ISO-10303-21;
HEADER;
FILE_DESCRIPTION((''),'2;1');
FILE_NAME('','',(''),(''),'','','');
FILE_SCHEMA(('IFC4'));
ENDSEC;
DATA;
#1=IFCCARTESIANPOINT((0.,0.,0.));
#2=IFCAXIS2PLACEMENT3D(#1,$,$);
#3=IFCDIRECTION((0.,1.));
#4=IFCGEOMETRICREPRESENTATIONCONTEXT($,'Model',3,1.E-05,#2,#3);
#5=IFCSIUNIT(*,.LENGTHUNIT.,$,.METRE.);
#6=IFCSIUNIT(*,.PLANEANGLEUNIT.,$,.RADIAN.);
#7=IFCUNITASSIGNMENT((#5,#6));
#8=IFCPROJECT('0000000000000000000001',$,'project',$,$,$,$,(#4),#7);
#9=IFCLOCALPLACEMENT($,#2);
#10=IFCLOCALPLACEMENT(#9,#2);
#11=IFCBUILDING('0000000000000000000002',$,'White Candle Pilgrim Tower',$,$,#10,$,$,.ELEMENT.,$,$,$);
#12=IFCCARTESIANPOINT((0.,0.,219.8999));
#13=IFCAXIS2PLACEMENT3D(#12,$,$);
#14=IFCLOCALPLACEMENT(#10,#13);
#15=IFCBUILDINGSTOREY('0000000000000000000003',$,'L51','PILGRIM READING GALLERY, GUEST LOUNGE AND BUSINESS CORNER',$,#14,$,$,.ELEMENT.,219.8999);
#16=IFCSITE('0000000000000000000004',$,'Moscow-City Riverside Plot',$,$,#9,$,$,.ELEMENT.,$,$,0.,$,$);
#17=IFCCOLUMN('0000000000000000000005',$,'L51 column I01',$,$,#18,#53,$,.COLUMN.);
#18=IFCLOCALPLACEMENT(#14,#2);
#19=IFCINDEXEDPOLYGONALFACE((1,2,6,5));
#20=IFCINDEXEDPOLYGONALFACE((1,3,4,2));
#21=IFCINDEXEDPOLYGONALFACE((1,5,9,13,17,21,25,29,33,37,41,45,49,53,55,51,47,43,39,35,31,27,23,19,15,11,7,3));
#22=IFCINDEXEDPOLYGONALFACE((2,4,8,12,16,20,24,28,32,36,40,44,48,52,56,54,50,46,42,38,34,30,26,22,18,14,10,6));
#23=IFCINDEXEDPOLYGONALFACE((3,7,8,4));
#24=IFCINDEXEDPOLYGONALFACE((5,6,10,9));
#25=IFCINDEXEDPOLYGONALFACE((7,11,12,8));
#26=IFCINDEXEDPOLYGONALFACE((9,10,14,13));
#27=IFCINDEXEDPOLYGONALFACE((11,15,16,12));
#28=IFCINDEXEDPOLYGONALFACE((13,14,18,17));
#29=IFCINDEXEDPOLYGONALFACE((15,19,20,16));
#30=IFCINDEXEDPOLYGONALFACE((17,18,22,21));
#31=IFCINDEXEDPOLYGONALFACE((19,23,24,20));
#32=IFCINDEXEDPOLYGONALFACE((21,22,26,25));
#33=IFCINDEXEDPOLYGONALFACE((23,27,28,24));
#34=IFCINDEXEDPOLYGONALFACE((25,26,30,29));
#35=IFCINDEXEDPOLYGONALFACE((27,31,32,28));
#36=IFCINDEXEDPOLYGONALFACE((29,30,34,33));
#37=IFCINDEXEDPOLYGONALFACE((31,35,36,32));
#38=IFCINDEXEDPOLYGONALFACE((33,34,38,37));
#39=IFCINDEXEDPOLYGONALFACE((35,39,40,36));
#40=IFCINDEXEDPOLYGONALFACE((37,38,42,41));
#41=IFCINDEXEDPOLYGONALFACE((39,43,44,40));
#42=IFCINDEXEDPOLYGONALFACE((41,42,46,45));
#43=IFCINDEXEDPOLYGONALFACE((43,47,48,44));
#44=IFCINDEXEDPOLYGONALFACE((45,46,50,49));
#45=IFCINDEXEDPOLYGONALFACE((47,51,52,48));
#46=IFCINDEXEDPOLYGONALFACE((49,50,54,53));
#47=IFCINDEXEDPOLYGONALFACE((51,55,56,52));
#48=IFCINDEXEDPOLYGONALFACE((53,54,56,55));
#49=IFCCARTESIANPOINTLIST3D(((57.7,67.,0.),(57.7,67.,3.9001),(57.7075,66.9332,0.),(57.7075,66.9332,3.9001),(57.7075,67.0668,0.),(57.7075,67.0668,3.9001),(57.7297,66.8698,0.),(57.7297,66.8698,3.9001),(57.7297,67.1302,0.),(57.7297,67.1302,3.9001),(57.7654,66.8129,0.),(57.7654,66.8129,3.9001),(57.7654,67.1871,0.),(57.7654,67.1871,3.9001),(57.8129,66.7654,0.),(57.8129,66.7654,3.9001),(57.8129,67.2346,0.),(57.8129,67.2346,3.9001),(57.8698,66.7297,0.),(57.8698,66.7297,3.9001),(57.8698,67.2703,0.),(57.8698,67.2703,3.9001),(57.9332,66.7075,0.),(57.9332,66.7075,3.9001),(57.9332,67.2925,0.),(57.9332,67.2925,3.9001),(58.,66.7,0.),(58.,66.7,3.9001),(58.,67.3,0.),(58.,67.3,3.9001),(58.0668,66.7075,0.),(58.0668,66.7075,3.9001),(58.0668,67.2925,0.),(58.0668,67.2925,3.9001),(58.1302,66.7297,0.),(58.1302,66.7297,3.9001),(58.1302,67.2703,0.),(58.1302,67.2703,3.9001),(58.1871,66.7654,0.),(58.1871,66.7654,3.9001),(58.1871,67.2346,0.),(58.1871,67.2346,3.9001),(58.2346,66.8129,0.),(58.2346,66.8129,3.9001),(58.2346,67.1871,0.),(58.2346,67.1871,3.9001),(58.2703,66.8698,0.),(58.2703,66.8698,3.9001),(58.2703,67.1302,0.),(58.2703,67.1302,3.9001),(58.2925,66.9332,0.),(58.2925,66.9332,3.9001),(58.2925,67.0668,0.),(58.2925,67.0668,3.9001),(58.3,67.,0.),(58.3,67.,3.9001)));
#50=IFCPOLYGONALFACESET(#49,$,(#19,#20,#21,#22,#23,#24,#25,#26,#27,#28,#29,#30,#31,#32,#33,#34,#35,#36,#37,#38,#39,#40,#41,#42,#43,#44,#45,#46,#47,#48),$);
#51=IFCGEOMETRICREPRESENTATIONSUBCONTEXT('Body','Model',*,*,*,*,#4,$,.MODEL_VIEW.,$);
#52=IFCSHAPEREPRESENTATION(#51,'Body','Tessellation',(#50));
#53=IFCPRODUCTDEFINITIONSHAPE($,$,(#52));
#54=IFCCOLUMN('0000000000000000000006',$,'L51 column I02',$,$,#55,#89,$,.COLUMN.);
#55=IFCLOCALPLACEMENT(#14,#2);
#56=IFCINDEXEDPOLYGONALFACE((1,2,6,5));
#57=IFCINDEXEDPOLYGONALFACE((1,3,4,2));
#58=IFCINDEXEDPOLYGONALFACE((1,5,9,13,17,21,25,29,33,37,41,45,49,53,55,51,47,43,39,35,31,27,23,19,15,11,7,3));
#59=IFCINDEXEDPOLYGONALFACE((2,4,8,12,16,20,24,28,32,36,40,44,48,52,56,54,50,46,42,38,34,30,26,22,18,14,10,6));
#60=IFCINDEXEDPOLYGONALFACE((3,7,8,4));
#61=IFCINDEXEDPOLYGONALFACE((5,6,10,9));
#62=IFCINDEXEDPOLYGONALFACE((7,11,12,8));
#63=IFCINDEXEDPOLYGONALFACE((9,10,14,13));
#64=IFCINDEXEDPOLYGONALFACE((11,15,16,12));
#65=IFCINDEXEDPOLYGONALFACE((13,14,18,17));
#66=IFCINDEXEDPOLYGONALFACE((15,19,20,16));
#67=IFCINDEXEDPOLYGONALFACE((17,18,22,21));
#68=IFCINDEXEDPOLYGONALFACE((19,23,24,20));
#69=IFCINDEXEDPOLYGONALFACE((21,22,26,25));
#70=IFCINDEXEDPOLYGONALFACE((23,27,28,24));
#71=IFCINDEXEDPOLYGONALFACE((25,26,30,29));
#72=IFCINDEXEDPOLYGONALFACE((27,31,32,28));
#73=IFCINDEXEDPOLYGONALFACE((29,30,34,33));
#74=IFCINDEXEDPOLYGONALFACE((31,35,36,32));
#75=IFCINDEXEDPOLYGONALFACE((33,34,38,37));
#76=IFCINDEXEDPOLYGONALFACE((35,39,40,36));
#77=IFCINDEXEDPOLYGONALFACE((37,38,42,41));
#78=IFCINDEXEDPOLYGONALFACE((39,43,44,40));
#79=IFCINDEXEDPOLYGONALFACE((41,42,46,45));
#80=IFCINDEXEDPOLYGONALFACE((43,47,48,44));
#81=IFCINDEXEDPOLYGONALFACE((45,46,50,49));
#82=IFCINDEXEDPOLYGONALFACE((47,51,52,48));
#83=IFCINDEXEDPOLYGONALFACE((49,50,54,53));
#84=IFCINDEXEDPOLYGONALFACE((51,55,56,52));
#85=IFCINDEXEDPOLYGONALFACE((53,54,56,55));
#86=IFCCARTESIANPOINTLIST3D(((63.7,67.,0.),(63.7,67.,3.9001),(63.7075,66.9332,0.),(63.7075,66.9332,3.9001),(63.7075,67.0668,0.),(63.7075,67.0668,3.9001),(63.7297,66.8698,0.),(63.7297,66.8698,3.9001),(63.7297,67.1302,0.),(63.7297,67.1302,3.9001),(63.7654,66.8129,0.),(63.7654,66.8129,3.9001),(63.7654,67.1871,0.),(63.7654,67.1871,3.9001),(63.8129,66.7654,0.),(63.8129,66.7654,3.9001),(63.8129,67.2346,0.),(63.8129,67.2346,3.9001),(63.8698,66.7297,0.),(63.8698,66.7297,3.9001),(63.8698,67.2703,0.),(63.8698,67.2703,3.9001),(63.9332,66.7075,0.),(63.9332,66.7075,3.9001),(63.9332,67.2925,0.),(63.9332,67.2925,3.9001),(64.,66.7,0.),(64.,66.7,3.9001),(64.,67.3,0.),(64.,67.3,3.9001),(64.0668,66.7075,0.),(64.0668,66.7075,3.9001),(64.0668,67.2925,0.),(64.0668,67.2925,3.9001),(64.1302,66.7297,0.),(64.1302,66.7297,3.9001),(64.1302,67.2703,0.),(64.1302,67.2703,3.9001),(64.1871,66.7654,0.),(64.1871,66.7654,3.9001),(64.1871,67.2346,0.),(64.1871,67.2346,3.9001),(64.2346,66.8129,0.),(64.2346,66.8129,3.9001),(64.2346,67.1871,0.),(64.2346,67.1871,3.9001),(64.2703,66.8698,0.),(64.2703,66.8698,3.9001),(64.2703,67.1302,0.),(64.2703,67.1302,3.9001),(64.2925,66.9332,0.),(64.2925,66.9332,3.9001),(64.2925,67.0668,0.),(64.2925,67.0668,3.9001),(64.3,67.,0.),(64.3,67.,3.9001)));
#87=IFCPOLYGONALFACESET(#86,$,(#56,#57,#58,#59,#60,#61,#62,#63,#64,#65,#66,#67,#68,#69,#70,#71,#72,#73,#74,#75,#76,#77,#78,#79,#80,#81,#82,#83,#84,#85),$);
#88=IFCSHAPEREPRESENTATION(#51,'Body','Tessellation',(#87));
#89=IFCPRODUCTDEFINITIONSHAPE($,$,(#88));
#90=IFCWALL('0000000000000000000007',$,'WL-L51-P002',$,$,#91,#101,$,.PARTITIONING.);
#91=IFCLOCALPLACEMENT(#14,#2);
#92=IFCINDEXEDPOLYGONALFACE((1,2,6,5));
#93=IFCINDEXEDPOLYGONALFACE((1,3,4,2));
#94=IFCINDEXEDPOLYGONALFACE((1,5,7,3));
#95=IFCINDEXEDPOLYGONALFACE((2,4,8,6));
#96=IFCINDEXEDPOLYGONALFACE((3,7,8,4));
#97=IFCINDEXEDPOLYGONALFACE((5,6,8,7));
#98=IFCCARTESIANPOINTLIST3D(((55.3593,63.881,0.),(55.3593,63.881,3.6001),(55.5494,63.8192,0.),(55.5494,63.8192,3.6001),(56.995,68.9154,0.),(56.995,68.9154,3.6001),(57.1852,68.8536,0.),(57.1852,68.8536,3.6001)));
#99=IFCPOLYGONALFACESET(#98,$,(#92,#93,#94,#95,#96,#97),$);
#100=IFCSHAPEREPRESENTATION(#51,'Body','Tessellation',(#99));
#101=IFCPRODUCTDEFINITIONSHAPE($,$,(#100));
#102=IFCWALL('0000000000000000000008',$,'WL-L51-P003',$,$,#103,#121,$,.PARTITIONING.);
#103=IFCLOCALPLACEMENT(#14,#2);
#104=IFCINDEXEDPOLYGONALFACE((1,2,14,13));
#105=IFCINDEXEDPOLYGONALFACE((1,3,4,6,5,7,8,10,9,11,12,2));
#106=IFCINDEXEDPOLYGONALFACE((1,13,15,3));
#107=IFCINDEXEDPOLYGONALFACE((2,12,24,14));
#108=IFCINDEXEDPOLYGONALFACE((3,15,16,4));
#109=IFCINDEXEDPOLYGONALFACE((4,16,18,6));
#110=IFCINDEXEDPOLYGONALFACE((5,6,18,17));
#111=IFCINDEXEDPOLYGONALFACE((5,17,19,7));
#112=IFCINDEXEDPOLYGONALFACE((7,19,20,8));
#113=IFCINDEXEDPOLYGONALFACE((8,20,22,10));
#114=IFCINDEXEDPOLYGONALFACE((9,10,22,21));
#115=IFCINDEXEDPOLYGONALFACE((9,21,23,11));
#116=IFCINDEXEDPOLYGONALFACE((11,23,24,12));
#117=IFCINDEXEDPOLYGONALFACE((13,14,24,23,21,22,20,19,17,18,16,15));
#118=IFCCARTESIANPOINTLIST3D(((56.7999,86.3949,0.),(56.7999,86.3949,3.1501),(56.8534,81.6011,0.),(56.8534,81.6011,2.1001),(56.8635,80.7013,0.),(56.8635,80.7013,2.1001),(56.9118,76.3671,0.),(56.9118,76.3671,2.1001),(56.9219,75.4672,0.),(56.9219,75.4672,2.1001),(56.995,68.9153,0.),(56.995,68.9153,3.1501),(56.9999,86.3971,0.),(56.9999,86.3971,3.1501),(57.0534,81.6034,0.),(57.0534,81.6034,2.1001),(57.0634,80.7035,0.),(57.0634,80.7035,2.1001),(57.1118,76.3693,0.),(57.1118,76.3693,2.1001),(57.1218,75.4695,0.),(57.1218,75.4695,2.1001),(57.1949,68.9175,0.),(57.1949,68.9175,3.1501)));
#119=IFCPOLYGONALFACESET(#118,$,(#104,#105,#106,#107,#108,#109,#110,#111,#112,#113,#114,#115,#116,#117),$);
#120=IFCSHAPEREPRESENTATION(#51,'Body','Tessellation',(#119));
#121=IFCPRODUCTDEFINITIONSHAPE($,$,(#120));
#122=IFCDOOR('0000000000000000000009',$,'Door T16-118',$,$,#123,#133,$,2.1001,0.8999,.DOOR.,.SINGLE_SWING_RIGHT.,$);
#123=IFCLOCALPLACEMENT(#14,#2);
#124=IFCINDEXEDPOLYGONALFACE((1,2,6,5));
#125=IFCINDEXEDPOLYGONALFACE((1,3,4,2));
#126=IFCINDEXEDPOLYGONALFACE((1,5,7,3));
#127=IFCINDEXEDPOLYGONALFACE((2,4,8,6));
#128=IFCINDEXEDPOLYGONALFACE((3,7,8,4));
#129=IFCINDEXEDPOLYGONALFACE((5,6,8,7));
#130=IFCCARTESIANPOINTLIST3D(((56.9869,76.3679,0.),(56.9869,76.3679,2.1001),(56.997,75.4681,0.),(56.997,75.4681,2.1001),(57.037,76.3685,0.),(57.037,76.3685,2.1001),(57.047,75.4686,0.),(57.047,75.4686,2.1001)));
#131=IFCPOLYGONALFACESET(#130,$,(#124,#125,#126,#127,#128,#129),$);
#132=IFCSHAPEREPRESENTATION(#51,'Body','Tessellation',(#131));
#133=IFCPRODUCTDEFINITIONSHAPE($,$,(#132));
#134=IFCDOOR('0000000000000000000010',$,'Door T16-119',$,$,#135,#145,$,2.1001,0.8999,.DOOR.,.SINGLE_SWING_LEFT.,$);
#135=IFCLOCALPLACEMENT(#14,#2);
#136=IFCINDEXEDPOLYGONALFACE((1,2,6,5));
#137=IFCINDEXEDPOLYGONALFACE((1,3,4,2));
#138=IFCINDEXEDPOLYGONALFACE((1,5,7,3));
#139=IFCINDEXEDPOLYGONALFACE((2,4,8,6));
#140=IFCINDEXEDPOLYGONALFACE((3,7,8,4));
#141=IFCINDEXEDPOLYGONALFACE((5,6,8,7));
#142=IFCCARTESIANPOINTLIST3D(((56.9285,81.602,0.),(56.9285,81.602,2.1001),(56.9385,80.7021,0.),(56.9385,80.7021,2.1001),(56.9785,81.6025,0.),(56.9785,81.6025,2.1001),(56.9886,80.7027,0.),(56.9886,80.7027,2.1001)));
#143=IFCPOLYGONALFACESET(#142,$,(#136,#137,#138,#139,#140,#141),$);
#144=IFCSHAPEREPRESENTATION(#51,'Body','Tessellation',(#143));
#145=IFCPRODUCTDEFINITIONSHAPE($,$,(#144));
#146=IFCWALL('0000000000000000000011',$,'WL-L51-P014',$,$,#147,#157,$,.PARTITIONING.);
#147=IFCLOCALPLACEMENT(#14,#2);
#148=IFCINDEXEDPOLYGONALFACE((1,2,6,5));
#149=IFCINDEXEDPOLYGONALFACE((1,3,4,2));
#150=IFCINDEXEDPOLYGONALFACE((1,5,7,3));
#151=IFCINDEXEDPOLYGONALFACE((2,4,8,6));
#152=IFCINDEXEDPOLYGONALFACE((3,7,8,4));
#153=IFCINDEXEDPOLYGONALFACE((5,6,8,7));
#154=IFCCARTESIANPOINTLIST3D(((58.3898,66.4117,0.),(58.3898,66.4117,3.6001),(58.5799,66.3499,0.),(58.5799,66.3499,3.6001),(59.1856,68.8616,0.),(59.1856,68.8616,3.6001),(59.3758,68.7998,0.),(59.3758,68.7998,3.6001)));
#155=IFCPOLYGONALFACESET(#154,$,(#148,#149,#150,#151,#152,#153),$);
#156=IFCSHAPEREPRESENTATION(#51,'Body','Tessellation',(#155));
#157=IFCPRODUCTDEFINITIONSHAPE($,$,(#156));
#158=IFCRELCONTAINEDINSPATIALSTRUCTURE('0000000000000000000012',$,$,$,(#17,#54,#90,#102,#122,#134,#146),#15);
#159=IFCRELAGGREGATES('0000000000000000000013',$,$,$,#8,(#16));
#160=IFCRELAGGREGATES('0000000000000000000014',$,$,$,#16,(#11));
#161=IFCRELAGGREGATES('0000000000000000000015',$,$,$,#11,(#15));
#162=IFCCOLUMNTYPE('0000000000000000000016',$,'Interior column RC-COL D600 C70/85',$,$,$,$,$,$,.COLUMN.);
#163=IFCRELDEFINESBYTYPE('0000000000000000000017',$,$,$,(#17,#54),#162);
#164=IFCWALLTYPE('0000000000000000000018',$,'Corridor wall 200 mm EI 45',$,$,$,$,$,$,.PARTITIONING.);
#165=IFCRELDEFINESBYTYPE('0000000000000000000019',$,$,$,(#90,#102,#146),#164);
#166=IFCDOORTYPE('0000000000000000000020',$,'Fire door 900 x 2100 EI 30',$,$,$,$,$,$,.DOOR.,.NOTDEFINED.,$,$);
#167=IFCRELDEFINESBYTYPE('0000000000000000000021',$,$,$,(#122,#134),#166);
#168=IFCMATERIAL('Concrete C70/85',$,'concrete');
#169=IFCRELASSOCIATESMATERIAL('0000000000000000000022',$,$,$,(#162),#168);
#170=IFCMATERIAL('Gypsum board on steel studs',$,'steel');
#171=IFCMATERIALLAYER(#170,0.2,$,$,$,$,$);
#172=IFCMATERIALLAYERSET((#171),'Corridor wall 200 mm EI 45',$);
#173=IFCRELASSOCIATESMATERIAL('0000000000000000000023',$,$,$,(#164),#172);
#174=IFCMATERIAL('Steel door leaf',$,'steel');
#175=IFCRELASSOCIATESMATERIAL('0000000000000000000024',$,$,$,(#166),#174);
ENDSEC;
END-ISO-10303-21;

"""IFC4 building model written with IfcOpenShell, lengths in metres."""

from ifc_helpers import new_model, si_unit, direction, frame, frame_2d, origin, origin_2d, place, context, subcontext, project, spatial, rectangle, circle, extrude, material, layer, layer_set, material_profile, profile_set, type_object, element, fill, save


model = new_model("IFC4")

# Units and contexts
model_context = context("Model", 3, precision=1e-05, world=origin(), true_north=direction((0.0, 1.0)))
body_context = subcontext(model_context, "Body", "Model", "MODEL_VIEW")
ifc_project = project(units=[si_unit("LENGTHUNIT", "METRE"), si_unit("PLANEANGLEUNIT", "RADIAN")], contexts=[model_context])

# Site, building, storey
site_placement = place(None, origin())
site = spatial("IfcSite", under=ifc_project, at=site_placement, Name="Moscow-City Riverside Plot", CompositionType="ELEMENT", RefElevation=0.0)
building_placement = place(site_placement, origin())
building = spatial("IfcBuilding", under=site, at=building_placement, Name="White Candle Pilgrim Tower", CompositionType="ELEMENT")
storey_placement = place(building_placement, frame((0.0, 0.0, 219.8999)))
storey = spatial("IfcBuildingStorey", under=building, at=storey_placement, Name="L51", Description="PILGRIM READING GALLERY, GUEST LOUNGE AND BUSINESS CORNER", CompositionType="ELEMENT", Elevation=219.8999)

# Columns
ifc_material_1 = material(Name="Concrete C70/85", Category="concrete")
ifc_material_profile = material_profile(ifc_material_1, circle(Radius=0.3, at=origin_2d()), Name="RC-COL D600")
ifc_profile_set = profile_set([ifc_material_profile], Name="Concrete C70/85")
column_type = type_object("IfcColumnType", Name="Interior column RC-COL D600 C70/85", PredefinedType="COLUMN", material=ifc_profile_set)
for number, where, z_axis, x_axis, name in (
    (1, (58.0, 67.0, 0.0), (0.0, 0.0, 1.0), (1.0, 0.0, 0.0), "L51 column I01"),
    (2, (64.0, 67.0, 0.0), (0.0, 0.0, 1.0), (1.0, 0.0, 0.0), "L51 column I02"),
):
    element("IfcColumn", number, at=place(storey_placement, frame(where, z_axis=z_axis, x_axis=x_axis)), inside=storey, type_object=column_type, Name=name, PredefinedType="COLUMN", context=body_context, shape_type="SweptSolid", body=[
        extrude(circle(Radius=0.3, at=origin_2d()), origin(), (0.0, 0.0, 1.0), 3.9001),
    ])

# Wall
ifc_material_2 = material(Name="Gypsum board on steel studs", Category="steel")
ifc_layer_1 = layer(ifc_material_2, 0.2)
ifc_layer_set_1 = layer_set([ifc_layer_1], Name="Corridor wall 200 mm EI 45")
wall_type_1 = type_object("IfcWallType", Name="Corridor wall 200 mm EI 45", PredefinedType="PARTITIONING", material=ifc_layer_set_1)
wall_1_placement = place(storey_placement, frame((55.4543, 63.8501, 0.0), z_axis=(0.0, 0.0, 1.0), x_axis=(0.30901, 0.951059, 0.0)))
element("IfcWall", 3, at=wall_1_placement, inside=storey, type_object=wall_type_1, Name="WL-L51-P002", PredefinedType="PARTITIONING", context=body_context, shape_type="SweptSolid", body=[
    extrude(rectangle(XDim=5.2935, YDim=0.2, at=frame_2d((2.6467, 0.0))), origin(), (0.0, 0.0, 1.0), 3.6001),
])

# Wall, openings, doors
wall_2_placement = place(storey_placement, frame((57.095, 68.9165, 0.0), z_axis=(0.0, 0.0, 1.0), x_axis=(-0.011159, 0.999938, 0.0)))
wall_2 = element("IfcWall", 4, at=wall_2_placement, inside=storey, type_object=wall_type_1, Name="WL-L51-P003", PredefinedType="PARTITIONING", context=body_context, shape_type="SweptSolid", body=[
    extrude(rectangle(XDim=17.4807, YDim=0.2, at=frame_2d((8.7402, 0.0))), origin(), (0.0, 0.0, 1.0), 3.1501),
])
opening_1_placement = place(wall_2_placement, frame((6.5522, 0.0, 0.0)))
opening_1 = element("IfcOpeningElement", 5, at=opening_1_placement, cuts=wall_2, PredefinedType="OPENING", context=body_context, shape_type="SweptSolid", body=[
    extrude(rectangle(XDim=0.8999, YDim=2.1001, at=frame_2d((0.45, 1.05))), frame((0.0, 0.1099, 0.0), z_axis=(0.0, -1.0, 0.0), x_axis=(1.0, 0.0, 0.0)), (0.0, 0.0, 1.0), 0.22),
])
opening_2_placement = place(wall_2_placement, frame((11.7866, 0.0, 0.0)))
opening_2 = element("IfcOpeningElement", 6, at=opening_2_placement, cuts=wall_2, PredefinedType="OPENING", context=body_context, shape_type="SweptSolid", body=[
    extrude(rectangle(XDim=0.8999, YDim=2.1001, at=frame_2d((0.45, 1.05))), frame((0.0, 0.1099, 0.0), z_axis=(0.0, -1.0, 0.0), x_axis=(1.0, 0.0, 0.0)), (0.0, 0.0, 1.0), 0.22),
])
ifc_material_3 = material(Name="Steel door leaf", Category="steel")
door_type_1 = type_object("IfcDoorType", Name="Fire door 900 x 2100 EI 30", OperationType="NOTDEFINED", PredefinedType="DOOR", material=ifc_material_3)
door_1_placement = place(opening_1_placement, origin())
door_1 = element("IfcDoor", 7, at=door_1_placement, inside=storey, type_object=door_type_1, Name="Door T16-118", OperationType="SINGLE_SWING_RIGHT", OverallHeight=2.1001, OverallWidth=0.8999, PredefinedType="DOOR", context=body_context, shape_type="SweptSolid", body=[
    extrude(rectangle(XDim=0.8999, YDim=2.1001, at=frame_2d((0.45, 1.05))), frame((0.0, 0.0249, 0.0), z_axis=(0.0, -1.0, 0.0), x_axis=(1.0, 0.0, 0.0)), (0.0, 0.0, 1.0), 0.05),
])
fill(opening_1, door_1)
door_2_placement = place(opening_2_placement, origin())
door_2 = element("IfcDoor", 8, at=door_2_placement, inside=storey, type_object=door_type_1, Name="Door T16-119", OperationType="SINGLE_SWING_LEFT", OverallHeight=2.1001, OverallWidth=0.8999, PredefinedType="DOOR", context=body_context, shape_type="SweptSolid", body=[
    extrude(rectangle(XDim=0.8999, YDim=2.1001, at=frame_2d((0.45, 1.05))), frame((0.0, 0.0249, 0.0), z_axis=(0.0, -1.0, 0.0), x_axis=(1.0, 0.0, 0.0)), (0.0, 0.0, 1.0), 0.05),
])
fill(opening_2, door_2)

# Wall
wall_3_placement = place(storey_placement, frame((59.2808, 68.8308, 0.0), z_axis=(0.0, 0.0, 1.0), x_axis=(-0.308968, -0.951072, 0.0)))
element("IfcWall", 9, at=wall_3_placement, inside=storey, type_object=wall_type_1, Name="WL-L51-P014", PredefinedType="PARTITIONING", context=body_context, shape_type="SweptSolid", body=[
    extrude(rectangle(XDim=2.5759, YDim=0.2, at=frame_2d((1.2881, 0.0))), origin(), (0.0, 0.0, 1.0), 3.6001),
])

save(model, "model.ifc")
